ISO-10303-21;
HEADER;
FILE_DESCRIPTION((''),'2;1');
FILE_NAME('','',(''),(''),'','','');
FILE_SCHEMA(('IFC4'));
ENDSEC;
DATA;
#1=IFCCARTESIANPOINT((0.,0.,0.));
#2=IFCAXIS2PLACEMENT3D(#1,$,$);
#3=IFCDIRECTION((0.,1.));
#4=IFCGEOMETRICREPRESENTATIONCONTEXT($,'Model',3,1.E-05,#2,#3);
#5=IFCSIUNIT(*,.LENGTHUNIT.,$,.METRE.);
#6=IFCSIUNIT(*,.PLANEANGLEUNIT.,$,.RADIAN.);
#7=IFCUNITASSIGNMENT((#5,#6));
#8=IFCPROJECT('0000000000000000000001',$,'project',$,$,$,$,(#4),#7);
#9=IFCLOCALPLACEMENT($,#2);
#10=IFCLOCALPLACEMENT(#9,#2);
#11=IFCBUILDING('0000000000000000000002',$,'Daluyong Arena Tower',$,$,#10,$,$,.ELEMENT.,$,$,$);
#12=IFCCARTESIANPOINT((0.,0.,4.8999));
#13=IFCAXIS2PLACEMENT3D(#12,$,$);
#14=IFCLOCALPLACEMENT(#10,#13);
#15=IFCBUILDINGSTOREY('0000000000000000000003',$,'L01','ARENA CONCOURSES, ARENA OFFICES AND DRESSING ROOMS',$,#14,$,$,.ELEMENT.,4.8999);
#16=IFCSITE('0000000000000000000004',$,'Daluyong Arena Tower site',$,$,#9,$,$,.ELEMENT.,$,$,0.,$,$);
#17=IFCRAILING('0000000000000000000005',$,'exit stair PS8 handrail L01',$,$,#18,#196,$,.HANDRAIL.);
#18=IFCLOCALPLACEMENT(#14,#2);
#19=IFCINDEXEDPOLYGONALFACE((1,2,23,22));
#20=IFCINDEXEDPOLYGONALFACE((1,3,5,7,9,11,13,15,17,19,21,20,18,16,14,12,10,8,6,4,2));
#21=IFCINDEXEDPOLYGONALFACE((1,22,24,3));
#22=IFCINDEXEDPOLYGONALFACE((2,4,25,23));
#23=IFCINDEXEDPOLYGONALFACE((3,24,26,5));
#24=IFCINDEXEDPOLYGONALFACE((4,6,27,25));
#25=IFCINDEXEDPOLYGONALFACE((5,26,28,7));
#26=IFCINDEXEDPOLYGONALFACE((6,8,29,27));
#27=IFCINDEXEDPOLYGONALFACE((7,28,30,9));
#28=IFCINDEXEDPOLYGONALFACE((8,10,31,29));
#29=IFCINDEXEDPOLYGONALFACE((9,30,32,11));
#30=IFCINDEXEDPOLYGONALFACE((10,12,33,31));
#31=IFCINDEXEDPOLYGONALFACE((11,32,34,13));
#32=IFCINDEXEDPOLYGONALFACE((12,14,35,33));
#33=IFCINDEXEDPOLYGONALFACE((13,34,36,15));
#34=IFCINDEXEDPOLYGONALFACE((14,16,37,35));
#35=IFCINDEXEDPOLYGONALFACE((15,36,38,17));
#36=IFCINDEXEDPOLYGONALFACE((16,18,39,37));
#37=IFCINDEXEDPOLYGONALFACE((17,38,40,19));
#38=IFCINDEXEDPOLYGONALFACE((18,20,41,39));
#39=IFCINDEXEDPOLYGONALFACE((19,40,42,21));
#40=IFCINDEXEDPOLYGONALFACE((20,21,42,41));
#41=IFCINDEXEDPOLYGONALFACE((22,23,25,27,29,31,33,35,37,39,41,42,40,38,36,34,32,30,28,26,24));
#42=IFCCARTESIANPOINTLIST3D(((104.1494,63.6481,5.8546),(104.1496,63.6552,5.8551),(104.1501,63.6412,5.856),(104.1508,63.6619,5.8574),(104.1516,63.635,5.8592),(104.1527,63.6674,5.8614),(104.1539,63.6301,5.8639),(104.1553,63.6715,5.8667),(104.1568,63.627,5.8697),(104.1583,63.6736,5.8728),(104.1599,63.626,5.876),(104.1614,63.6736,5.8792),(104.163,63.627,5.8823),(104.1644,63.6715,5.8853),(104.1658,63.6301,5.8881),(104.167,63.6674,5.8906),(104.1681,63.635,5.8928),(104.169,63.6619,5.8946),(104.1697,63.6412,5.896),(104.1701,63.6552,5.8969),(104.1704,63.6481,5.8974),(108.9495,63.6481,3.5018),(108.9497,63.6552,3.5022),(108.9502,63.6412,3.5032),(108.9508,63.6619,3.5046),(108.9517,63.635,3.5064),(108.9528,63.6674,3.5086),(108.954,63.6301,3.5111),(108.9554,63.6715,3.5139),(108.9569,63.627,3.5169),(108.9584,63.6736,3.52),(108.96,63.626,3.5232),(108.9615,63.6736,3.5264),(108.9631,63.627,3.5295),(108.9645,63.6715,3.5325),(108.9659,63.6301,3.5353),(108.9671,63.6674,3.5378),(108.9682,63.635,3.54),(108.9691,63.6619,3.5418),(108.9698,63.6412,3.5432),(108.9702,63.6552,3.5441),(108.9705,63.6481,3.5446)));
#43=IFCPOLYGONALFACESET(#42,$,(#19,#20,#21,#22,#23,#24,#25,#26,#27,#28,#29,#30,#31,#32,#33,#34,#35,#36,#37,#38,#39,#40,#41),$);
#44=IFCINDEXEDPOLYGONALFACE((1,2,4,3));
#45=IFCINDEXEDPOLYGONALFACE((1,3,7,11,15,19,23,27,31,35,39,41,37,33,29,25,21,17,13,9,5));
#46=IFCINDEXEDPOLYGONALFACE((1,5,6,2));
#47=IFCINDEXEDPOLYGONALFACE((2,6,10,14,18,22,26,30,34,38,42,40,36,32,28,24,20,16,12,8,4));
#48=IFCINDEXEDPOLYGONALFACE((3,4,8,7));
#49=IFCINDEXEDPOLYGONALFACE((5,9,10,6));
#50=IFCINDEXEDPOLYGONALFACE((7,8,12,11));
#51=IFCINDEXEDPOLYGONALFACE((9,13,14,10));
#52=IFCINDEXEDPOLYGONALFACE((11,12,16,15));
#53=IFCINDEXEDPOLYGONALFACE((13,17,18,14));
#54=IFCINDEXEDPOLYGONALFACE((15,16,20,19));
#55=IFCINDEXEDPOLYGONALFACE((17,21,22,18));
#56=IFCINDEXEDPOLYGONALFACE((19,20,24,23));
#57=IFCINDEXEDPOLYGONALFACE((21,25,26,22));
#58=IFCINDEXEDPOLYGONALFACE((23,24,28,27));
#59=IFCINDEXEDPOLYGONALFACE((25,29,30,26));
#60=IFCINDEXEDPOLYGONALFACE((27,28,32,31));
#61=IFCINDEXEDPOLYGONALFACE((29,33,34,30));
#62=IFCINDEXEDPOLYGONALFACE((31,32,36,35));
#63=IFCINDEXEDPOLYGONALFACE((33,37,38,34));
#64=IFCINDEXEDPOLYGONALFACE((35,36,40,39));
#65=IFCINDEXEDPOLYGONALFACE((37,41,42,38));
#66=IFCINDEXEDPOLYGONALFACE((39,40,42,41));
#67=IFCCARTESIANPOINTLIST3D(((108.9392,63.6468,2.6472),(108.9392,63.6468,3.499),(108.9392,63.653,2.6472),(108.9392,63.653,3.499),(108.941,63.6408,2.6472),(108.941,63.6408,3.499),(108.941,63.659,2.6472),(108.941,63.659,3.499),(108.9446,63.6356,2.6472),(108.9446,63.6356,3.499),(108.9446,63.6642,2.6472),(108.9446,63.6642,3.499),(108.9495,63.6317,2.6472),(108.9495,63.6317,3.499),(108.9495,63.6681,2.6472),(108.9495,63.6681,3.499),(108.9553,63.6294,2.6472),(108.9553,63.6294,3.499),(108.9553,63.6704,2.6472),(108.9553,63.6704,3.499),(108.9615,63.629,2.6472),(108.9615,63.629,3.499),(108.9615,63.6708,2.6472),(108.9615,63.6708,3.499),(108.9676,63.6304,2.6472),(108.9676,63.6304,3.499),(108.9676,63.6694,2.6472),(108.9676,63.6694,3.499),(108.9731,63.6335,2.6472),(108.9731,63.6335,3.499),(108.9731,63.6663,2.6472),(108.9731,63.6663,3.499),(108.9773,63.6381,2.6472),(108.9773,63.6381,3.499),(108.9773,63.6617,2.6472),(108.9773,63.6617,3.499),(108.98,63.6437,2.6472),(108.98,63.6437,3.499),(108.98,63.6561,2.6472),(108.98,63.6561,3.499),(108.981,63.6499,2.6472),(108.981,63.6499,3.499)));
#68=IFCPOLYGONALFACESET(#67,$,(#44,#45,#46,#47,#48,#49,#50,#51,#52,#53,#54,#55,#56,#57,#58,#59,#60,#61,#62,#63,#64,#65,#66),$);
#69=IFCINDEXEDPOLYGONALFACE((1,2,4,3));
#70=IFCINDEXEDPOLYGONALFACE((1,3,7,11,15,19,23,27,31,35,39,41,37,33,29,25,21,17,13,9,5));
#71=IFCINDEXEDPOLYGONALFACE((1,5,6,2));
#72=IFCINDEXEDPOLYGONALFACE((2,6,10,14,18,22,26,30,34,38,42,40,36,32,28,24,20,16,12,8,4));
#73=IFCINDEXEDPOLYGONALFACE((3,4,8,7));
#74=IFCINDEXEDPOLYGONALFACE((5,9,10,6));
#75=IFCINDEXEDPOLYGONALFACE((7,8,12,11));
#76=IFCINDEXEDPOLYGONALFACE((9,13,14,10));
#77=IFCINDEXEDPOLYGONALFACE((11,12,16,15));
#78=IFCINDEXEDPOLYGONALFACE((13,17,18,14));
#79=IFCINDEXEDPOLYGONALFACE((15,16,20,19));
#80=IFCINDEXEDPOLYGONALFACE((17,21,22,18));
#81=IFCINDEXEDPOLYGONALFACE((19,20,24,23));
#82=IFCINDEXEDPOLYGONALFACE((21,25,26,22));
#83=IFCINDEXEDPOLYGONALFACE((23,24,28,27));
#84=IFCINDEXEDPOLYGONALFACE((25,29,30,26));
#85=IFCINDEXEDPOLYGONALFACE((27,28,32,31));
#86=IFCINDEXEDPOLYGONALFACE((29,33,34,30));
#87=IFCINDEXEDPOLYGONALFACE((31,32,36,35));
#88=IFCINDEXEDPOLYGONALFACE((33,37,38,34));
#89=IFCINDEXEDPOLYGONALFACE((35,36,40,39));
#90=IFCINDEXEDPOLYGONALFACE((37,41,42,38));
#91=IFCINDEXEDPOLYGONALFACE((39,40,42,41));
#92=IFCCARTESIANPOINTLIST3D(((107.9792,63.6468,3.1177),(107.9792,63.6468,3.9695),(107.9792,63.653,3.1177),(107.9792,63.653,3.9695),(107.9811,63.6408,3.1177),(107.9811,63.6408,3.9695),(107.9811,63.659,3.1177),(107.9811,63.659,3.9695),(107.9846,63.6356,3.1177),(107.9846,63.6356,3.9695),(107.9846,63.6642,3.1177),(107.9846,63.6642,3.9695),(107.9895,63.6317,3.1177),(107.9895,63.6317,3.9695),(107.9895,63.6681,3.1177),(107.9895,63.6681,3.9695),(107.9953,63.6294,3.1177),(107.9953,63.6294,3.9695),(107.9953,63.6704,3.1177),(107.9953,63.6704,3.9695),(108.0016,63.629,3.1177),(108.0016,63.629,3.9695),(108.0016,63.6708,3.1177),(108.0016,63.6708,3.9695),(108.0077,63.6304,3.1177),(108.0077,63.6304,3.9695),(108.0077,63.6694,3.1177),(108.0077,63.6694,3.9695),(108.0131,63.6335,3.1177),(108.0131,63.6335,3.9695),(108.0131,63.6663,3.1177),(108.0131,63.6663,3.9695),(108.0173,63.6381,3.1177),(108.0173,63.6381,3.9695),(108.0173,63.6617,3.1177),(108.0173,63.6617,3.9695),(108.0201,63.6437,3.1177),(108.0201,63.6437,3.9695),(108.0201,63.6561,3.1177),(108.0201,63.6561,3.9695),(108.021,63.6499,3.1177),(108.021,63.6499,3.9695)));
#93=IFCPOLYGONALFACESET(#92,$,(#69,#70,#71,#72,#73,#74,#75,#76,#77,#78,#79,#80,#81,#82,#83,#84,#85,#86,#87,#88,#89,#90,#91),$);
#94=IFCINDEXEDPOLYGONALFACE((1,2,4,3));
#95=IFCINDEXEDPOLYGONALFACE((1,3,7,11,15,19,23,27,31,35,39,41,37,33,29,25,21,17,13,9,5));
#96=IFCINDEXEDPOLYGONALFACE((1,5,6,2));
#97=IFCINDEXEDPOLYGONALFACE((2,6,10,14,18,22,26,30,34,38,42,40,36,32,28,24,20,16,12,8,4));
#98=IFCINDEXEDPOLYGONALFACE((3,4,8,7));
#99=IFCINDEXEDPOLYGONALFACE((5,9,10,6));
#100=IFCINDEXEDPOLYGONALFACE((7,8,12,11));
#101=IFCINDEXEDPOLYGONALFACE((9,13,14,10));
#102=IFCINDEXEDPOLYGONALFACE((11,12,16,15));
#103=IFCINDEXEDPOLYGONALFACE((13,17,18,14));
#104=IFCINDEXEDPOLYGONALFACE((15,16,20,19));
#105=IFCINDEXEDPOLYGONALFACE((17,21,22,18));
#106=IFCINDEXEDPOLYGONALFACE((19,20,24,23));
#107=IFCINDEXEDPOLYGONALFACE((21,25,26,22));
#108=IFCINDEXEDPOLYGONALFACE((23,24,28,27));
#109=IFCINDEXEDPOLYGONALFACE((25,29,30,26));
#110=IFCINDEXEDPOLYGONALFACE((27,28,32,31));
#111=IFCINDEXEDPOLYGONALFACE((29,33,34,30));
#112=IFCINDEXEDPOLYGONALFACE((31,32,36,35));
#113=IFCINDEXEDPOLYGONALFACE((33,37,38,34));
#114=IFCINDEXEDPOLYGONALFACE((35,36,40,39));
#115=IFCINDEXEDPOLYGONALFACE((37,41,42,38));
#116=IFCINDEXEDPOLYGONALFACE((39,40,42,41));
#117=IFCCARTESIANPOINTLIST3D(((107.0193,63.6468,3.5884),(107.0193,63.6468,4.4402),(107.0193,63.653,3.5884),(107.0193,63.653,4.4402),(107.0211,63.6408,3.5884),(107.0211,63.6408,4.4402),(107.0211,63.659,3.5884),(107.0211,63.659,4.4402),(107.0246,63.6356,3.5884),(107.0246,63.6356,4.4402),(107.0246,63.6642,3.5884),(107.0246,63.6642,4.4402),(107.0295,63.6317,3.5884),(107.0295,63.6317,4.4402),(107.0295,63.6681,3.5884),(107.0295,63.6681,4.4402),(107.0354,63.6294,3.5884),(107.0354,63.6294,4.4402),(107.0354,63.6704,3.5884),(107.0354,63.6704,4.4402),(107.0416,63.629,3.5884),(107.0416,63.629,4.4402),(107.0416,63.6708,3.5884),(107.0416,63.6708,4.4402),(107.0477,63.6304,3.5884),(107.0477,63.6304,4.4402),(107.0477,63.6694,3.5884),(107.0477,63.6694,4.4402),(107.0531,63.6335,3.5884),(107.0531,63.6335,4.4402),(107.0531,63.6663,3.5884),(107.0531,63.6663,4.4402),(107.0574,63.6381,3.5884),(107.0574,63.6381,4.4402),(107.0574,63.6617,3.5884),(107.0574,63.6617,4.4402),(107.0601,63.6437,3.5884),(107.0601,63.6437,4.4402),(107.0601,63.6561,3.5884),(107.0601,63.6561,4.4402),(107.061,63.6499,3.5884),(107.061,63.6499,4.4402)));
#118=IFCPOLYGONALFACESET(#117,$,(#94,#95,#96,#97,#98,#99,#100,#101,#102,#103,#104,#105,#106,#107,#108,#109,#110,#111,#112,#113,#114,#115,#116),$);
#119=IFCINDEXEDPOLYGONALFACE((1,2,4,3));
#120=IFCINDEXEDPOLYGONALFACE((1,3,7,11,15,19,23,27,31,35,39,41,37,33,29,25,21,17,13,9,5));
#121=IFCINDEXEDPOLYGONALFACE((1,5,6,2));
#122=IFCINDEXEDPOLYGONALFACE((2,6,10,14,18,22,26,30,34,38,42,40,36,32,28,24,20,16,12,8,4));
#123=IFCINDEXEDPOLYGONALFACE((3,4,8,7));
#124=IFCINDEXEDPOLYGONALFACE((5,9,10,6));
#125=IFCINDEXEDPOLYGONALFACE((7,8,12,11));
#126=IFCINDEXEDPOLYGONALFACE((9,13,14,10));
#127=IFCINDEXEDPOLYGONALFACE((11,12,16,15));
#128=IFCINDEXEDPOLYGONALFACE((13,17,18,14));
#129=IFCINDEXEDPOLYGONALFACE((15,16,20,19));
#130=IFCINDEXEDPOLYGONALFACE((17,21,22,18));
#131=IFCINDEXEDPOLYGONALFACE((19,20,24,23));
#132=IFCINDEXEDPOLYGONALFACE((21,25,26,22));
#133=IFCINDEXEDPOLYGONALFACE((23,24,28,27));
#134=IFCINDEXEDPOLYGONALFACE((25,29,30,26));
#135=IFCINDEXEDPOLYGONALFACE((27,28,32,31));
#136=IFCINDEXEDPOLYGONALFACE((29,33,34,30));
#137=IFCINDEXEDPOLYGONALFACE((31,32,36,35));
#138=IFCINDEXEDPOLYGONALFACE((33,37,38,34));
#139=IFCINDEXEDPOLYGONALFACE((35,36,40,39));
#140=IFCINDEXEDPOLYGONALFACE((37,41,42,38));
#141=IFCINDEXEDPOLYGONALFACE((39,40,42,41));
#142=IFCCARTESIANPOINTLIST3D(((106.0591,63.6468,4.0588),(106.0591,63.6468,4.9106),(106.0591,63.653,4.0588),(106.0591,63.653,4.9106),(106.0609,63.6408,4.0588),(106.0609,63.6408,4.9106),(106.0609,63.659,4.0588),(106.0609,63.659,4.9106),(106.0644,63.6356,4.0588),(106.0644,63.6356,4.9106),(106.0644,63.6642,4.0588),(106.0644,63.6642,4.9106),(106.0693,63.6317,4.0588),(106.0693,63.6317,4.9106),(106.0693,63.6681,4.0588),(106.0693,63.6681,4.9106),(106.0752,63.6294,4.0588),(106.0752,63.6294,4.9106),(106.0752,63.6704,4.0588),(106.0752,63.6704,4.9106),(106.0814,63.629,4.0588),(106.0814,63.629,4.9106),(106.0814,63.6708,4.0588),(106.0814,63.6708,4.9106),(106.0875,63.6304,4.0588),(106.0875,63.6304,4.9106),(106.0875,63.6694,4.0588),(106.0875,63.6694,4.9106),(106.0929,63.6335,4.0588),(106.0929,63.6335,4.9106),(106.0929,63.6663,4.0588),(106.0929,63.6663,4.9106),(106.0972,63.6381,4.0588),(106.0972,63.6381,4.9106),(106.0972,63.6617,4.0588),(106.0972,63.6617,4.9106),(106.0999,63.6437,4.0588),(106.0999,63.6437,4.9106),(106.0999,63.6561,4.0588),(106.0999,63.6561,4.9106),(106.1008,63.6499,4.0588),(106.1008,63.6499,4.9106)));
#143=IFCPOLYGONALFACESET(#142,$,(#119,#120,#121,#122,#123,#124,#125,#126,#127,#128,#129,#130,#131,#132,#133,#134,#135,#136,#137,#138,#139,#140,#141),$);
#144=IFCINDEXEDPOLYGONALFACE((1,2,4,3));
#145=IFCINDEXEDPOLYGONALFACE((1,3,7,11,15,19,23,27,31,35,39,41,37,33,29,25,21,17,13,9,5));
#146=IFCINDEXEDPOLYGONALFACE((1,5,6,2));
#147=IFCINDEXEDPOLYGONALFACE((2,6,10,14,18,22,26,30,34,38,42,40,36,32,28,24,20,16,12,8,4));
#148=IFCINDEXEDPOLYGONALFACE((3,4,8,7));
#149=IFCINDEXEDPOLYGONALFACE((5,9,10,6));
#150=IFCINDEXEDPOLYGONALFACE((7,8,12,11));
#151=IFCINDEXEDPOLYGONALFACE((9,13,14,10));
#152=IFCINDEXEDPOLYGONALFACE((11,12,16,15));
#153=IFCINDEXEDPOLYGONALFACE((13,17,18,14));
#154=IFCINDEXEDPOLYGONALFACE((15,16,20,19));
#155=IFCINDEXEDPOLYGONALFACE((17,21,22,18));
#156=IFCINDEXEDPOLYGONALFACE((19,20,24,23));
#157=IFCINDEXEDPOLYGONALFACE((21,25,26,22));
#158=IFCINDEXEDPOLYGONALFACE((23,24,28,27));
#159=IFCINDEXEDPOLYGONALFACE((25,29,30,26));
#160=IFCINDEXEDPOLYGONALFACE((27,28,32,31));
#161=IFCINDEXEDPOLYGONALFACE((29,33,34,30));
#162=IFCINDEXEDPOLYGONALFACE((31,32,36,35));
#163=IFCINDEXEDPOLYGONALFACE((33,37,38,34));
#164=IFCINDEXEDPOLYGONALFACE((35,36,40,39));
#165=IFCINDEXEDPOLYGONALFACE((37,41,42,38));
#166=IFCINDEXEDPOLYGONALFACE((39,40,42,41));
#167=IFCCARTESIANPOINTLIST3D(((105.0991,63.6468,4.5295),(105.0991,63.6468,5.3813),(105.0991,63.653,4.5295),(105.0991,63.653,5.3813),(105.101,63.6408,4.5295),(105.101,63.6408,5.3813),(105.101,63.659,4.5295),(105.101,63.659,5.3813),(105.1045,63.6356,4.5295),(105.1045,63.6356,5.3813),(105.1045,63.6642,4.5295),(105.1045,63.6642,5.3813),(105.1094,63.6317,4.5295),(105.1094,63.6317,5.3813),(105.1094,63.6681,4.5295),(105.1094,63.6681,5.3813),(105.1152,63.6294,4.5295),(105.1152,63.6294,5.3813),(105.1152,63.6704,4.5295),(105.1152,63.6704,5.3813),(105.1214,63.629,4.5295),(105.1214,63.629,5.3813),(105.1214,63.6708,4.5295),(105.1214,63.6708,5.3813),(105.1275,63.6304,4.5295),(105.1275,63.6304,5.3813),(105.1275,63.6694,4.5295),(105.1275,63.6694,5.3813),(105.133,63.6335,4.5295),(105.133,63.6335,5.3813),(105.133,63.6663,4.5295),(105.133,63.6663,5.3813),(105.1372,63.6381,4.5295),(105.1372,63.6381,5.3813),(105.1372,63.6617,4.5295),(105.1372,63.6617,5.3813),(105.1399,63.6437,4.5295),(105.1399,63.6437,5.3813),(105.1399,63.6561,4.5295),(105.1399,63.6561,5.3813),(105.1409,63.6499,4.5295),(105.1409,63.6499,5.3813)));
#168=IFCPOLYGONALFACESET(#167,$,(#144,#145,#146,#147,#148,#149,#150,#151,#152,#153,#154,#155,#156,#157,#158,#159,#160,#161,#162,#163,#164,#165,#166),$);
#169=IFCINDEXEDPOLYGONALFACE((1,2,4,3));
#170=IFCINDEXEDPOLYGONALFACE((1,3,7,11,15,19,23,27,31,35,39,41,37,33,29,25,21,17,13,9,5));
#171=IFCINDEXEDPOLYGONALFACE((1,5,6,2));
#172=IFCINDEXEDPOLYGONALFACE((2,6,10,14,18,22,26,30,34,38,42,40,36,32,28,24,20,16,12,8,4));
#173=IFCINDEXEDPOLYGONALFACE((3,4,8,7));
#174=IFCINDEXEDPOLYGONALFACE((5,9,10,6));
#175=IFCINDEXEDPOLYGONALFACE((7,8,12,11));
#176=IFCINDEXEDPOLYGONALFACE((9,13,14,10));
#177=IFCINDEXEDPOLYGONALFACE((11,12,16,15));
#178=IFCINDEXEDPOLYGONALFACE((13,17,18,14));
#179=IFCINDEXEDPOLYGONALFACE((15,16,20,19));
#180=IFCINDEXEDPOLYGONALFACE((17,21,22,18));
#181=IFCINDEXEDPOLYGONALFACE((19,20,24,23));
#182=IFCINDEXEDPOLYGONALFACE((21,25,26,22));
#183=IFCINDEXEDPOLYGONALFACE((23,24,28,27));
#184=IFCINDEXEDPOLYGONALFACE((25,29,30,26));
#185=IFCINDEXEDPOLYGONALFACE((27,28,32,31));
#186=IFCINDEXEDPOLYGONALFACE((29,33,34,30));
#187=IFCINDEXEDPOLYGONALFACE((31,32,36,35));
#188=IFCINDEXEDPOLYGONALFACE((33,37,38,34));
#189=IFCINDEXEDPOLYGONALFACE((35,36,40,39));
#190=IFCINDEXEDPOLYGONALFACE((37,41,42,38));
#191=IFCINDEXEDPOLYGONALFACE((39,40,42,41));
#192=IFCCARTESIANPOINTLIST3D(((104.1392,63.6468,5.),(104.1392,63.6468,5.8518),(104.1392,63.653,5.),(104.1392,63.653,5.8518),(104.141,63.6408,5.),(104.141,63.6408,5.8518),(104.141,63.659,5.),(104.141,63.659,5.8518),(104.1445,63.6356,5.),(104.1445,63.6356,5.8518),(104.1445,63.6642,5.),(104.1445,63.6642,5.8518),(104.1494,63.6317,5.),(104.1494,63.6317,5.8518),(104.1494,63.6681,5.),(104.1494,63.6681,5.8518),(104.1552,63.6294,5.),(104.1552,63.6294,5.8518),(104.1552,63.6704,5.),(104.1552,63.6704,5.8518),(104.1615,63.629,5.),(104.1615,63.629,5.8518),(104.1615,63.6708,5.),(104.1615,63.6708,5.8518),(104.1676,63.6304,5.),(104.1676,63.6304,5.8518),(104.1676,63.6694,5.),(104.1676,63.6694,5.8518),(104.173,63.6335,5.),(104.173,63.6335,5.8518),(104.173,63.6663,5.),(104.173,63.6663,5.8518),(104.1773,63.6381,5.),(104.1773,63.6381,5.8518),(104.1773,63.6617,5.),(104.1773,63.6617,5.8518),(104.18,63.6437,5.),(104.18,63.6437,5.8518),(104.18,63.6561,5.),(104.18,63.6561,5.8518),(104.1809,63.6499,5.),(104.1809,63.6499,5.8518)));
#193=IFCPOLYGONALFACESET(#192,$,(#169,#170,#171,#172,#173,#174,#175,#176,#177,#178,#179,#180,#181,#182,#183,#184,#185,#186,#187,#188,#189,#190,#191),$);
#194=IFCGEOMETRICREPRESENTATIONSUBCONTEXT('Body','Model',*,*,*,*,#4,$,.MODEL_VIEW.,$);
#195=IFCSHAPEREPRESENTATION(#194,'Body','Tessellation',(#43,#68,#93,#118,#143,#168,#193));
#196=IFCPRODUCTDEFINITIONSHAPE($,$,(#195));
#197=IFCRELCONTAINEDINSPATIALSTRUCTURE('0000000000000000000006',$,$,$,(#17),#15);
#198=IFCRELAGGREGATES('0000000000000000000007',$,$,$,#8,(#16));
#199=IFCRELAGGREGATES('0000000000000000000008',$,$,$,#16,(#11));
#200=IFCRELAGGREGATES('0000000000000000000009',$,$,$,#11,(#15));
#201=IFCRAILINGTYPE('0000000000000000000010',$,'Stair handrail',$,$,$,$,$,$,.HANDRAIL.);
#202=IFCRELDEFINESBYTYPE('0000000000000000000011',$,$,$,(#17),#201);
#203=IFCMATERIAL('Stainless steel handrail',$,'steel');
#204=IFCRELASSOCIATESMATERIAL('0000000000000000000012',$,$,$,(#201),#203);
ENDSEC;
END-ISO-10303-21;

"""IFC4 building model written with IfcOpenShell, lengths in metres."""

from ifc_helpers import new_model, si_unit, direction, frame, origin, origin_2d, place, context, subcontext, project, spatial, circle, extrude, material, type_object, element, save


model = new_model("IFC4")

# Units and contexts
model_context = context("Model", 3, precision=1e-05, world=origin(), true_north=direction((0.0, 1.0)))
body_context = subcontext(model_context, "Body", "Model", "MODEL_VIEW")
ifc_project = project(units=[si_unit("LENGTHUNIT", "METRE"), si_unit("PLANEANGLEUNIT", "RADIAN")], contexts=[model_context])

# Site, building, storey
site_placement = place(None, origin())
site = spatial("IfcSite", under=ifc_project, at=site_placement, Name="Daluyong Arena Tower site", CompositionType="ELEMENT", RefElevation=0.0)
building_placement = place(site_placement, origin())
building = spatial("IfcBuilding", under=site, at=building_placement, Name="Daluyong Arena Tower", CompositionType="ELEMENT")
storey_placement = place(building_placement, frame((0.0, 0.0, 4.8999)))
storey = spatial("IfcBuildingStorey", under=building, at=storey_placement, Name="L01", Description="ARENA CONCOURSES, ARENA OFFICES AND DRESSING ROOMS", CompositionType="ELEMENT", Elevation=4.8999)

# Railing
ifc_material_1 = material(Name="Stainless steel handrail", Category="steel")
railing_type_1 = type_object("IfcRailingType", Name="Stair handrail", PredefinedType="HANDRAIL", material=ifc_material_1)
railing_1_placement = place(storey_placement, frame((108.96, 63.6499, 2.6472)))
element("IfcRailing", 1, at=railing_1_placement, inside=storey, type_object=railing_type_1, Name="exit stair PS8 handrail L01", PredefinedType="HANDRAIL", context=body_context, shape_type="SweptSolid", body=[
    extrude(circle(Radius=0.0239, at=origin_2d()), frame((0.0, 0.0, 0.876), z_axis=(-0.897934, 0.0, 0.44013), x_axis=(0.0, -1.0, 0.0)), (0.0, 0.0, 1.0), 5.3457),
    extrude(circle(Radius=0.021, at=origin_2d()), origin(), (0.0, 0.0, 1.0), 0.8518),
    extrude(circle(Radius=0.021, at=origin_2d()), frame((-0.96, 0.0, 0.4705)), (0.0, 0.0, 1.0), 0.8518),
    extrude(circle(Radius=0.021, at=origin_2d()), frame((-1.9199, 0.0, 0.9412)), (0.0, 0.0, 1.0), 0.8518),
    extrude(circle(Radius=0.021, at=origin_2d()), frame((-2.8801, 0.0, 1.4116)), (0.0, 0.0, 1.0), 0.8518),
    extrude(circle(Radius=0.021, at=origin_2d()), frame((-3.8401, 0.0, 1.8823)), (0.0, 0.0, 1.0), 0.8518),
    extrude(circle(Radius=0.021, at=origin_2d()), frame((-4.8, 0.0, 2.3528)), (0.0, 0.0, 1.0), 0.8518),
])

save(model, "model.ifc")
